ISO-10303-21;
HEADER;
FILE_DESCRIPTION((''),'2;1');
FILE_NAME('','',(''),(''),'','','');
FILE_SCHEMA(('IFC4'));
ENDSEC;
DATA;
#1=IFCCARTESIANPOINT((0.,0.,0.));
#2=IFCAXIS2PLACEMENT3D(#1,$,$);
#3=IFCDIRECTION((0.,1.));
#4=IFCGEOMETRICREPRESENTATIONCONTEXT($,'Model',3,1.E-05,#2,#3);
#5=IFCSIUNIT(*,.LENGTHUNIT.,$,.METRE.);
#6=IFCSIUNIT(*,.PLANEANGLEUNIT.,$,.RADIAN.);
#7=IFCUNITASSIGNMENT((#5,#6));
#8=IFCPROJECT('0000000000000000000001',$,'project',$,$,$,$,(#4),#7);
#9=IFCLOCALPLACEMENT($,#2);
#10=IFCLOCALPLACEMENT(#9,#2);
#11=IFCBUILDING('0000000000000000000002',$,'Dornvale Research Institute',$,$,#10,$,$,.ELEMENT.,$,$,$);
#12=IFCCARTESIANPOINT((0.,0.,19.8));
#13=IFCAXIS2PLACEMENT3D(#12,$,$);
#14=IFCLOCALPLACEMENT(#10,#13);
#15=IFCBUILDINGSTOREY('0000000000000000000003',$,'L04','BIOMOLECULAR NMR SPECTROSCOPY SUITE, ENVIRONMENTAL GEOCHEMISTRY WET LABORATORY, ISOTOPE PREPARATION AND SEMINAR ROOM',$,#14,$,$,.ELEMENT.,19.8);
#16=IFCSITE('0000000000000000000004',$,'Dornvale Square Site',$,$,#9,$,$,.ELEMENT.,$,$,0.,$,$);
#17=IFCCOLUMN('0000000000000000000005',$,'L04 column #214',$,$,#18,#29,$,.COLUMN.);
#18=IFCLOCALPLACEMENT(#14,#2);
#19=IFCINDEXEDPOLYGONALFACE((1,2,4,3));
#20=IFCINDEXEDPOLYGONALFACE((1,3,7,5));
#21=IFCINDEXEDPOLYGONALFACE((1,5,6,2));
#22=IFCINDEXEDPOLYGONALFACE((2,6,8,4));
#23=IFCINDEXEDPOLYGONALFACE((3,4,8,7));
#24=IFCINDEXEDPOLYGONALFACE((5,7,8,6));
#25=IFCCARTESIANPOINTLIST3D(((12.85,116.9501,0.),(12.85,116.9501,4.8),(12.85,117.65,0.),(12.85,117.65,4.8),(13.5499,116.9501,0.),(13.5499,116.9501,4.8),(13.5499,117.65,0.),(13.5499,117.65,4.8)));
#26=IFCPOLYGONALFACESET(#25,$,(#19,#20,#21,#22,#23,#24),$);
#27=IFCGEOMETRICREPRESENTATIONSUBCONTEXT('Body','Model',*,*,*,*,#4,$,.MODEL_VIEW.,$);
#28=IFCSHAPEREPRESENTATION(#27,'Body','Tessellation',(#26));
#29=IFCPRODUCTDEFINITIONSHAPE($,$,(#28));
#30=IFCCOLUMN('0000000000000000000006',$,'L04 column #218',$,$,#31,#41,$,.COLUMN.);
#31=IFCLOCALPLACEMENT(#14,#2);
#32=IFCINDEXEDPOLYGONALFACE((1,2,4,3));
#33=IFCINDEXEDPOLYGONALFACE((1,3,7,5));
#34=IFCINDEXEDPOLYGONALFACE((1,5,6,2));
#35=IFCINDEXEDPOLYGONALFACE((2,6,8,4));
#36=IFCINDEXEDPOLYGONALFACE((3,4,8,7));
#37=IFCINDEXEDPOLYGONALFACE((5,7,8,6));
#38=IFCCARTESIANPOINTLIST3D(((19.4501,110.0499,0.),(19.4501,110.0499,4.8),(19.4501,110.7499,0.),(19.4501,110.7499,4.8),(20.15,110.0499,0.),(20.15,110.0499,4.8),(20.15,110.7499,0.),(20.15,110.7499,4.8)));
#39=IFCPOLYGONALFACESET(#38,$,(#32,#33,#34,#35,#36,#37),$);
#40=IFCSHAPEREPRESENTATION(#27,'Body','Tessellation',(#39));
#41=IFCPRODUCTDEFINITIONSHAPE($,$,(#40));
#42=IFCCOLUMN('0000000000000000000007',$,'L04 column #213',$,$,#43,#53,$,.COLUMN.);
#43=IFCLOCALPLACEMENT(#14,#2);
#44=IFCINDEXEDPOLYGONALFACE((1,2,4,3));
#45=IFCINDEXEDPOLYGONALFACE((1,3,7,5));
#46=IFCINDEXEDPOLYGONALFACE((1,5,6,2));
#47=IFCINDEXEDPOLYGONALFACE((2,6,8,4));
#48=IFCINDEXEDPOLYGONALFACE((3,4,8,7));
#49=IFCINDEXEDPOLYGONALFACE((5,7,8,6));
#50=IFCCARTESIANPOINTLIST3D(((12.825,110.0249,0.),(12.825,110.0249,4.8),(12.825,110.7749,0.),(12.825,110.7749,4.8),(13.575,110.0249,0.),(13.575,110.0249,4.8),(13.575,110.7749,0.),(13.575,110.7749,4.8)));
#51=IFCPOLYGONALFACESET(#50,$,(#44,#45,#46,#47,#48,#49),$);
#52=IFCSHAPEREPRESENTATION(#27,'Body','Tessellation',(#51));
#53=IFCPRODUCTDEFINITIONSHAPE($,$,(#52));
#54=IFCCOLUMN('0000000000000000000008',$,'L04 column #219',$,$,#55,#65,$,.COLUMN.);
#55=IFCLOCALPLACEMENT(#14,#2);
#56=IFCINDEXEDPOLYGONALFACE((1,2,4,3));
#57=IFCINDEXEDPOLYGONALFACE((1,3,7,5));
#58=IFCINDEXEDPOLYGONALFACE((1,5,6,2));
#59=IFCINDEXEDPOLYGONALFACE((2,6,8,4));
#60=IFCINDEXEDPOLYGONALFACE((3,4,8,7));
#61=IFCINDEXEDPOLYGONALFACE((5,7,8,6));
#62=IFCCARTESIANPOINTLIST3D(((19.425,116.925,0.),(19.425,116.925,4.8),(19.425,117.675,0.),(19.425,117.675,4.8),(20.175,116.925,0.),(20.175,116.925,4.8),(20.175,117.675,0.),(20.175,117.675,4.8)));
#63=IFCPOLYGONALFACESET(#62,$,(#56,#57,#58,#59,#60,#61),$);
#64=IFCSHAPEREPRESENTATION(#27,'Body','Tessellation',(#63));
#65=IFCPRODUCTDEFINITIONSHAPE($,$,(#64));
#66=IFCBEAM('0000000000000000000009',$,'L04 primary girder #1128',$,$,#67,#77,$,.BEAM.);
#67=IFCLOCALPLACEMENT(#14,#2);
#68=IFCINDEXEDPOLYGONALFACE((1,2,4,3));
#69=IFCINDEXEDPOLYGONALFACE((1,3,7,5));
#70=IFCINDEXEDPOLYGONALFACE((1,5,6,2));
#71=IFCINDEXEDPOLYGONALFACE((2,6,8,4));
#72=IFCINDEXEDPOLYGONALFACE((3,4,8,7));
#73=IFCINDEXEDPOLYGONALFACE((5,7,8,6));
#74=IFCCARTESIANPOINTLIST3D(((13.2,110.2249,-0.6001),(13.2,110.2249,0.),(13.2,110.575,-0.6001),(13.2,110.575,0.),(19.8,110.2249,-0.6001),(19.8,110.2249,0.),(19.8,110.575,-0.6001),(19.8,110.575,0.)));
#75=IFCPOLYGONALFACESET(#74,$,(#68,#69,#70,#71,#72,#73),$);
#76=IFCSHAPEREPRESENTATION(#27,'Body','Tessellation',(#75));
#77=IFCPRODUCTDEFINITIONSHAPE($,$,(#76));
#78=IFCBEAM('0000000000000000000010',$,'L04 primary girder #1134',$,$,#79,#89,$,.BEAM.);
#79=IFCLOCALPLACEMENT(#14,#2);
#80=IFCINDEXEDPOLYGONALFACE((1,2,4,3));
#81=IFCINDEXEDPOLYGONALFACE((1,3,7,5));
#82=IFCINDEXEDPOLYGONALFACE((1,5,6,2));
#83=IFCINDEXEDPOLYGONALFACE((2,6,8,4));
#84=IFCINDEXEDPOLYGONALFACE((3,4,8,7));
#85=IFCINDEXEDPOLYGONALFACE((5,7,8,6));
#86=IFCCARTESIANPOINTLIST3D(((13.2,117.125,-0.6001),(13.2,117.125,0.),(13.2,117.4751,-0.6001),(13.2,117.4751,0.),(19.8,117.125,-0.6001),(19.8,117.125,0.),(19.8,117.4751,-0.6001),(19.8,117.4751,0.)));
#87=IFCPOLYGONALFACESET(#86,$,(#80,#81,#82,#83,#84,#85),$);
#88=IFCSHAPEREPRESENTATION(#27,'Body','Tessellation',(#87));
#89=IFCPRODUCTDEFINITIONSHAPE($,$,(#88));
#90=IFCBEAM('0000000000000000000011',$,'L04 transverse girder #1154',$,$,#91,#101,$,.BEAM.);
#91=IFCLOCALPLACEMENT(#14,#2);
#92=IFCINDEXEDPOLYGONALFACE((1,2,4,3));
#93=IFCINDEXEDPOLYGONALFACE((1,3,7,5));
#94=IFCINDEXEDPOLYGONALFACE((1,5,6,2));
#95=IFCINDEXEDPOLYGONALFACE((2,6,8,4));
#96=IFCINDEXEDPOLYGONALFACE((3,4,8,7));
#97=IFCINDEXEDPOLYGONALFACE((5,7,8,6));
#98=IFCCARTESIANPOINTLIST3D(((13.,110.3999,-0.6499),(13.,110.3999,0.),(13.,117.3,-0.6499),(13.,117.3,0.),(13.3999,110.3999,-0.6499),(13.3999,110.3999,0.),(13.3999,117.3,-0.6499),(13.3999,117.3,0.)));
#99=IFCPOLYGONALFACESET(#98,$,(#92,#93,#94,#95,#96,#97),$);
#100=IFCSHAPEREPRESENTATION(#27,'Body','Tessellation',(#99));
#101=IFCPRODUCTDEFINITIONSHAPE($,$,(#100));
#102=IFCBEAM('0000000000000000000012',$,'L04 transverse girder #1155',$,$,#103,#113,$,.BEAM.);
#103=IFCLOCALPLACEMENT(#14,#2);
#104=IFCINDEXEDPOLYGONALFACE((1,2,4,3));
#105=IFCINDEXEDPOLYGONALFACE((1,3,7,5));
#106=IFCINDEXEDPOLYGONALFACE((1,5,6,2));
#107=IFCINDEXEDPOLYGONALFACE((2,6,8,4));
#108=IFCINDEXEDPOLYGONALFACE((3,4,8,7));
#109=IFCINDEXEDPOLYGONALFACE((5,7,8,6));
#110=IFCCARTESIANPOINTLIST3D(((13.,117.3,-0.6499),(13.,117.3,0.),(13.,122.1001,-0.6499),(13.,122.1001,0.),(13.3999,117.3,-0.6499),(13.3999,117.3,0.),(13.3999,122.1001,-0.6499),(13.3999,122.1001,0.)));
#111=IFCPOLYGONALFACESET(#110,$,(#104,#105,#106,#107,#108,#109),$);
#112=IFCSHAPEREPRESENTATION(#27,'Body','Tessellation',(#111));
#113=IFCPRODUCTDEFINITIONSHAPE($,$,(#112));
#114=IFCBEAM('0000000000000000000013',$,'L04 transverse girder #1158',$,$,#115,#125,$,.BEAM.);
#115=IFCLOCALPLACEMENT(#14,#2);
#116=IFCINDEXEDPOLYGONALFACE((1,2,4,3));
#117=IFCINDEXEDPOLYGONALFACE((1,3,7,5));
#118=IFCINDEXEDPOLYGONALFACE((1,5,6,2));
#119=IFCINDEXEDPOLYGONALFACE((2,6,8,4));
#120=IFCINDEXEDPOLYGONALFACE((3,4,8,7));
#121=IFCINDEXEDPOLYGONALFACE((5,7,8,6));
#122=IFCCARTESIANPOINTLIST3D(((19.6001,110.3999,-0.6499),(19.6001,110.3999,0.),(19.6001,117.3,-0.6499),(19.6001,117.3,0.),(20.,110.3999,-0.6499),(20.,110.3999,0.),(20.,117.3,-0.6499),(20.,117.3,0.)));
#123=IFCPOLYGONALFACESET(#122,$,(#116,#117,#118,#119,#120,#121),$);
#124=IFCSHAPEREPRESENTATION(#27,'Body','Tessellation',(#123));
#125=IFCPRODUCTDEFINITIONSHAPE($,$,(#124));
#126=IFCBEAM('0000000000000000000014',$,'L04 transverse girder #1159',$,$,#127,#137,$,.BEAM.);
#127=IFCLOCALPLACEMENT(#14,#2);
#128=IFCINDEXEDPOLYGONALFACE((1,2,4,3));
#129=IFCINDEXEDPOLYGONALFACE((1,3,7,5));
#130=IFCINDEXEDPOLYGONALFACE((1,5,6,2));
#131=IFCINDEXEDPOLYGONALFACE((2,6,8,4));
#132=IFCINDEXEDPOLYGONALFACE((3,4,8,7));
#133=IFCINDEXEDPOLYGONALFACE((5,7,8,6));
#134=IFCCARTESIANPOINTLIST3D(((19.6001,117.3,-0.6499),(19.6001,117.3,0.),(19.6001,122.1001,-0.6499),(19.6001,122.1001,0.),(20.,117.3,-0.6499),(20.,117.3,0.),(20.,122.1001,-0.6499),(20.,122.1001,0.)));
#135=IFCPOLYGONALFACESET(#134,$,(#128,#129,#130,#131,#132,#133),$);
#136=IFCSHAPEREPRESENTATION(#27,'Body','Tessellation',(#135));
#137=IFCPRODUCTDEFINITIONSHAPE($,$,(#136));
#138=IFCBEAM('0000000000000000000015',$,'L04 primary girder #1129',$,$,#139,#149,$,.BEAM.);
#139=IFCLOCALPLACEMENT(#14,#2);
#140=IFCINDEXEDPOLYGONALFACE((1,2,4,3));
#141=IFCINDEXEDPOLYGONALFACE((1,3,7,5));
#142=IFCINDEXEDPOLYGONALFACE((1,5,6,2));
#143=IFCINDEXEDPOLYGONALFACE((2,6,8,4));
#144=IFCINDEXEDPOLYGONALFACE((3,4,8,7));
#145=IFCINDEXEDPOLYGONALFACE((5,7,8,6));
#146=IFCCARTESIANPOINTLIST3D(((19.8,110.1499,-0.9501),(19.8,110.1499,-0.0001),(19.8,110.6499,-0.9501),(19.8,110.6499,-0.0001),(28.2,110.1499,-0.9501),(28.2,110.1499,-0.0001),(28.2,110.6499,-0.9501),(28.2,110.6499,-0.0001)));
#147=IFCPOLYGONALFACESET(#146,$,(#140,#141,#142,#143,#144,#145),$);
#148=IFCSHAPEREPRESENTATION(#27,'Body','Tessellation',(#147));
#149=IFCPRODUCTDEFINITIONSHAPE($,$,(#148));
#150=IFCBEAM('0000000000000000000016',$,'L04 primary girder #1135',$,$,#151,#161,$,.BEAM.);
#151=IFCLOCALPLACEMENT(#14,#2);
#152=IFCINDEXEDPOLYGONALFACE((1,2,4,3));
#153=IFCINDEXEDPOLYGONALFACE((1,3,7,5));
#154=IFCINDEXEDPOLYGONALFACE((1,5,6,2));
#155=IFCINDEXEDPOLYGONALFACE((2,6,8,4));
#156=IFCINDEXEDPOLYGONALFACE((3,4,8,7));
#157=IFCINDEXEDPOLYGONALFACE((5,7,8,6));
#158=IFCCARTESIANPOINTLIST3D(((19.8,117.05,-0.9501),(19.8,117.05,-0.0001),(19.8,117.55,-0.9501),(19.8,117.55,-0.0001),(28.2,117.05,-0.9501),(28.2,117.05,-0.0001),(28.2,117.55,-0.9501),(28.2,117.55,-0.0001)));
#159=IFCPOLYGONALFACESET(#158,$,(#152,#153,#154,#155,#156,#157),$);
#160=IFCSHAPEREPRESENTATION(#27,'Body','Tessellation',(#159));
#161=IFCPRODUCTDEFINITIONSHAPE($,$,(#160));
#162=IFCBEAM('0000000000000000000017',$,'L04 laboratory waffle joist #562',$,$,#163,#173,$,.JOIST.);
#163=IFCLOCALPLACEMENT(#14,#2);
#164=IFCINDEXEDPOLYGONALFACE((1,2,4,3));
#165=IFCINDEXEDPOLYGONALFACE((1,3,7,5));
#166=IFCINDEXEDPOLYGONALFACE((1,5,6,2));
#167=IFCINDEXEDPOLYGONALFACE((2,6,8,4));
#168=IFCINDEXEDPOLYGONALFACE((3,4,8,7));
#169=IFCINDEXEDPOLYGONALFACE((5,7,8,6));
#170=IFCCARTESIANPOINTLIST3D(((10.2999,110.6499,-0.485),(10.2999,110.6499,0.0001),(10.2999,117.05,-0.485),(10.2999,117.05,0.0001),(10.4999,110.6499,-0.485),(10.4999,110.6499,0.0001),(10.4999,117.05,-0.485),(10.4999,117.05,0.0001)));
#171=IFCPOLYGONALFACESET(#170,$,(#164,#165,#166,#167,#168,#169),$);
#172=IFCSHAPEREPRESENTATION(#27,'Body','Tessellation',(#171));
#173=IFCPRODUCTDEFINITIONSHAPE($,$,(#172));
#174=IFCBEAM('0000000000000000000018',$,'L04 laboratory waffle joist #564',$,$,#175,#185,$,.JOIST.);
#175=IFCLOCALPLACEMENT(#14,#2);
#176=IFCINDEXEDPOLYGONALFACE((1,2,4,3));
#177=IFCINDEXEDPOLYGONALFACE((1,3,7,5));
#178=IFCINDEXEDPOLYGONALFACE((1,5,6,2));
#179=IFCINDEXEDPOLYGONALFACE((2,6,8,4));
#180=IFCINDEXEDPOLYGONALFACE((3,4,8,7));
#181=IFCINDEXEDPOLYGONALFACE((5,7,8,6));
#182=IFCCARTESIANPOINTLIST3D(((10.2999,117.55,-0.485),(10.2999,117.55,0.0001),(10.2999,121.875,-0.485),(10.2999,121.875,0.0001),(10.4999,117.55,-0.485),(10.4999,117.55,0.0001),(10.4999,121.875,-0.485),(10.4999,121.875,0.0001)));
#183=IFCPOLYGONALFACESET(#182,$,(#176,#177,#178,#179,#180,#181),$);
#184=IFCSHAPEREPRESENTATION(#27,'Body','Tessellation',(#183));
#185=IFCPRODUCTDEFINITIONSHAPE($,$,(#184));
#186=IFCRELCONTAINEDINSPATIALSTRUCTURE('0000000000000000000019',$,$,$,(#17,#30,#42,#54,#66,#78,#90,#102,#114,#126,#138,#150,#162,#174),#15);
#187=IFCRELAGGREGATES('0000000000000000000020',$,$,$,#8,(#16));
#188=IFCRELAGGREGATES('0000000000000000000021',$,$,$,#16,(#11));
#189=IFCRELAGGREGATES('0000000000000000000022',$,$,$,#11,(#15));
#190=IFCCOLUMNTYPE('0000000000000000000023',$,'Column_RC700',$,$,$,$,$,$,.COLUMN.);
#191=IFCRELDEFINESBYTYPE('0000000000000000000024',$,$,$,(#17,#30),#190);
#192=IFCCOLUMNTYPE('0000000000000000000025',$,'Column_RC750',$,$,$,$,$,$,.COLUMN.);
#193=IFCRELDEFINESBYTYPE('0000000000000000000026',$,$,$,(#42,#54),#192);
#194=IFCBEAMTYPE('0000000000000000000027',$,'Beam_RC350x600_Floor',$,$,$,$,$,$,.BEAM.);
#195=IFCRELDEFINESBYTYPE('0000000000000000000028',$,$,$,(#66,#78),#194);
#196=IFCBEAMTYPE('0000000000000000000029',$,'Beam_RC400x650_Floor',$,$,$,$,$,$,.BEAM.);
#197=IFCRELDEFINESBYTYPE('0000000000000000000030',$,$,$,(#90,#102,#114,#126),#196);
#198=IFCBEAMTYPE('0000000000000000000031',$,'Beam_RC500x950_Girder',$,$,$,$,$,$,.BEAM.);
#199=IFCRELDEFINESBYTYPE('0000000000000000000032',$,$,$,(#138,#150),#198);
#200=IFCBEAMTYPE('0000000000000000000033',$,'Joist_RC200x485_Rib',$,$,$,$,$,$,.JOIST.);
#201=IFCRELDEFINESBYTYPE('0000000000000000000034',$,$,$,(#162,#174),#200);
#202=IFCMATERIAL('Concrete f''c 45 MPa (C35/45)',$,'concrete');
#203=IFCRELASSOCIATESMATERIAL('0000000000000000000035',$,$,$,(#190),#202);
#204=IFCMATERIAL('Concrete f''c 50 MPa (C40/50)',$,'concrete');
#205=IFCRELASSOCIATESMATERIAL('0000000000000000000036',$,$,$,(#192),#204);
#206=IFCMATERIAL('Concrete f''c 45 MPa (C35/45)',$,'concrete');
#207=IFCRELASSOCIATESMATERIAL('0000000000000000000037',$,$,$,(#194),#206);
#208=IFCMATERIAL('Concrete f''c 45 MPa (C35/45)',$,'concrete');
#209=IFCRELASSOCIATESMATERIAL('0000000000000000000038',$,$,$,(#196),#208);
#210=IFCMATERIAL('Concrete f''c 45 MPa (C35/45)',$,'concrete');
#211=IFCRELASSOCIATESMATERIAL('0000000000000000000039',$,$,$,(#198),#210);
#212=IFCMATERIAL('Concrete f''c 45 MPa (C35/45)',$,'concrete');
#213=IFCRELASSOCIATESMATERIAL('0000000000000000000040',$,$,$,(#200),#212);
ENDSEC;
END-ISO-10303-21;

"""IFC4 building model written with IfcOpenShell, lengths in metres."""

from ifc_helpers import new_model, si_unit, direction, frame, origin, origin_2d, place, context, subcontext, project, spatial, rectangle, extrude, material, material_profile, profile_set, type_object, element, save


model = new_model("IFC4")

# Units and contexts
model_context = context("Model", 3, precision=1e-05, world=origin(), true_north=direction((0.0, 1.0)))
body_context = subcontext(model_context, "Body", "Model", "MODEL_VIEW")
ifc_project = project(units=[si_unit("LENGTHUNIT", "METRE"), si_unit("PLANEANGLEUNIT", "RADIAN")], contexts=[model_context])

# Site, building, storey
site_placement = place(None, origin())
site = spatial("IfcSite", under=ifc_project, at=site_placement, Name="Dornvale Square Site", CompositionType="ELEMENT", RefElevation=0.0)
building_placement = place(site_placement, origin())
building = spatial("IfcBuilding", under=site, at=building_placement, Name="Dornvale Research Institute", CompositionType="ELEMENT")
storey_placement = place(building_placement, frame((0.0, 0.0, 19.8)))
storey = spatial("IfcBuildingStorey", under=building, at=storey_placement, Name="L04", Description="BIOMOLECULAR NMR SPECTROSCOPY SUITE, ENVIRONMENTAL GEOCHEMISTRY WET LABORATORY, ISOTOPE PREPARATION AND SEMINAR ROOM", CompositionType="ELEMENT", Elevation=19.8)

# Columns
ifc_material_1 = material(Name="Concrete f'c 45 MPa (C35/45)", Category="concrete")
ifc_material_profile_1 = material_profile(ifc_material_1, rectangle(XDim=0.7, YDim=0.7, at=origin_2d()), Name="RC 700x700")
ifc_profile_set_1 = profile_set([ifc_material_profile_1], Name="Concrete f'c 45 MPa (C35/45)")
column_type_1 = type_object("IfcColumnType", Name="Column_RC700", PredefinedType="COLUMN", material=ifc_profile_set_1)
for number, where, z_axis, x_axis, name in (
    (1, (13.2, 117.3, 0.0), (0.0, 0.0, 1.0), (1.0, 0.0, 0.0), "L04 column #214"),
    (2, (19.8, 110.3999, 0.0), (0.0, 0.0, 1.0), (1.0, 0.0, 0.0), "L04 column #218"),
):
    element("IfcColumn", number, at=place(storey_placement, frame(where, z_axis=z_axis, x_axis=x_axis)), inside=storey, type_object=column_type_1, Name=name, PredefinedType="COLUMN", context=body_context, shape_type="SweptSolid", body=[
        extrude(rectangle(XDim=0.7, YDim=0.7, at=origin_2d()), origin(), (0.0, 0.0, 1.0), 4.8),
    ])
ifc_material_2 = material(Name="Concrete f'c 50 MPa (C40/50)", Category="concrete")
ifc_material_profile_2 = material_profile(ifc_material_2, rectangle(XDim=0.75, YDim=0.75, at=origin_2d()), Name="RC 750x750")
ifc_profile_set_2 = profile_set([ifc_material_profile_2], Name="Concrete f'c 50 MPa (C40/50)")
column_type_2 = type_object("IfcColumnType", Name="Column_RC750", PredefinedType="COLUMN", material=ifc_profile_set_2)
for number, where, z_axis, x_axis, name in (
    (3, (13.2, 110.3999, 0.0), (0.0, 0.0, 1.0), (1.0, 0.0, 0.0), "L04 column #213"),
    (4, (19.8, 117.3, 0.0), (0.0, 0.0, 1.0), (1.0, 0.0, 0.0), "L04 column #219"),
):
    element("IfcColumn", number, at=place(storey_placement, frame(where, z_axis=z_axis, x_axis=x_axis)), inside=storey, type_object=column_type_2, Name=name, PredefinedType="COLUMN", context=body_context, shape_type="SweptSolid", body=[
        extrude(rectangle(XDim=0.75, YDim=0.75, at=origin_2d()), origin(), (0.0, 0.0, 1.0), 4.8),
    ])

# Beams
ifc_material_3 = material(Name="Concrete f'c 45 MPa (C35/45)", Category="concrete")
ifc_material_profile_3 = material_profile(ifc_material_3, rectangle(XDim=0.3501, YDim=0.6001, at=origin_2d()), Name="RC 350x600")
ifc_profile_set_3 = profile_set([ifc_material_profile_3], Name="Concrete f'c 45 MPa (C35/45)")
beam_type_1 = type_object("IfcBeamType", Name="Beam_RC350x600_Floor", PredefinedType="BEAM", material=ifc_profile_set_3)
for number, where, z_axis, x_axis, name in (
    (5, (13.2, 110.3999, -0.3), (1.0, 0.0, 0.0), (0.0, 1.0, 0.0), "L04 primary girder #1128"),
    (6, (13.2, 117.3, -0.3), (1.0, 0.0, 0.0), (0.0, 1.0, 0.0), "L04 primary girder #1134"),
):
    element("IfcBeam", number, at=place(storey_placement, frame(where, z_axis=z_axis, x_axis=x_axis)), inside=storey, type_object=beam_type_1, Name=name, PredefinedType="BEAM", context=body_context, shape_type="SweptSolid", body=[
        extrude(rectangle(XDim=0.3501, YDim=0.6001, at=origin_2d()), origin(), (0.0, 0.0, 1.0), 6.6001),
    ])
ifc_material_4 = material(Name="Concrete f'c 45 MPa (C35/45)", Category="concrete")
ifc_material_profile_4 = material_profile(ifc_material_4, rectangle(XDim=0.3999, YDim=0.6499, at=origin_2d()), Name="RC 400x650")
ifc_profile_set_4 = profile_set([ifc_material_profile_4], Name="Concrete f'c 45 MPa (C35/45)")
beam_type_2 = type_object("IfcBeamType", Name="Beam_RC400x650_Floor", PredefinedType="BEAM", material=ifc_profile_set_4)
beam_1_placement = place(storey_placement, frame((13.2, 110.3999, -0.325), z_axis=(0.0, 1.0, 0.0), x_axis=(-1.0, 0.0, 0.0)))
element("IfcBeam", 7, at=beam_1_placement, inside=storey, type_object=beam_type_2, Name="L04 transverse girder #1154", PredefinedType="BEAM", context=body_context, shape_type="SweptSolid", body=[
    extrude(rectangle(XDim=0.3999, YDim=0.6499, at=origin_2d()), origin(), (0.0, 0.0, 1.0), 6.9001),
])
beam_2_placement = place(storey_placement, frame((13.2, 117.3, -0.325), z_axis=(0.0, 1.0, 0.0), x_axis=(-1.0, 0.0, 0.0)))
element("IfcBeam", 8, at=beam_2_placement, inside=storey, type_object=beam_type_2, Name="L04 transverse girder #1155", PredefinedType="BEAM", context=body_context, shape_type="SweptSolid", body=[
    extrude(rectangle(XDim=0.3999, YDim=0.6499, at=origin_2d()), origin(), (0.0, 0.0, 1.0), 4.8),
])
beam_3_placement = place(storey_placement, frame((19.8, 110.3999, -0.325), z_axis=(0.0, 1.0, 0.0), x_axis=(-1.0, 0.0, 0.0)))
element("IfcBeam", 9, at=beam_3_placement, inside=storey, type_object=beam_type_2, Name="L04 transverse girder #1158", PredefinedType="BEAM", context=body_context, shape_type="SweptSolid", body=[
    extrude(rectangle(XDim=0.3999, YDim=0.6499, at=origin_2d()), origin(), (0.0, 0.0, 1.0), 6.9001),
])
beam_4_placement = place(storey_placement, frame((19.8, 117.3, -0.325), z_axis=(0.0, 1.0, 0.0), x_axis=(-1.0, 0.0, 0.0)))
element("IfcBeam", 10, at=beam_4_placement, inside=storey, type_object=beam_type_2, Name="L04 transverse girder #1159", PredefinedType="BEAM", context=body_context, shape_type="SweptSolid", body=[
    extrude(rectangle(XDim=0.3999, YDim=0.6499, at=origin_2d()), origin(), (0.0, 0.0, 1.0), 4.8),
])
ifc_material_5 = material(Name="Concrete f'c 45 MPa (C35/45)", Category="concrete")
ifc_material_profile_5 = material_profile(ifc_material_5, rectangle(XDim=0.5, YDim=0.95, at=origin_2d()), Name="RC 500x950")
ifc_profile_set_5 = profile_set([ifc_material_profile_5], Name="Concrete f'c 45 MPa (C35/45)")
beam_type_3 = type_object("IfcBeamType", Name="Beam_RC500x950_Girder", PredefinedType="BEAM", material=ifc_profile_set_5)
for number, where, z_axis, x_axis, name in (
    (11, (19.8, 110.3999, -0.4751), (1.0, 0.0, 0.0), (0.0, 1.0, 0.0), "L04 primary girder #1129"),
    (12, (19.8, 117.3, -0.4751), (1.0, 0.0, 0.0), (0.0, 1.0, 0.0), "L04 primary girder #1135"),
):
    element("IfcBeam", number, at=place(storey_placement, frame(where, z_axis=z_axis, x_axis=x_axis)), inside=storey, type_object=beam_type_3, Name=name, PredefinedType="BEAM", context=body_context, shape_type="SweptSolid", body=[
        extrude(rectangle(XDim=0.5, YDim=0.95, at=origin_2d()), origin(), (0.0, 0.0, 1.0), 8.3999),
    ])
ifc_material_6 = material(Name="Concrete f'c 45 MPa (C35/45)", Category="concrete")
ifc_material_profile_6 = material_profile(ifc_material_6, rectangle(XDim=0.2, YDim=0.4851, at=origin_2d()), Name="RC 200x485")
ifc_profile_set_6 = profile_set([ifc_material_profile_6], Name="Concrete f'c 45 MPa (C35/45)")
beam_type_4 = type_object("IfcBeamType", Name="Joist_RC200x485_Rib", PredefinedType="JOIST", material=ifc_profile_set_6)
beam_5_placement = place(storey_placement, frame((10.3999, 110.6499, -0.2424), z_axis=(0.0, 1.0, 0.0), x_axis=(-1.0, 0.0, 0.0)))
element("IfcBeam", 13, at=beam_5_placement, inside=storey, type_object=beam_type_4, Name="L04 laboratory waffle joist #562", PredefinedType="JOIST", context=body_context, shape_type="SweptSolid", body=[
    extrude(rectangle(XDim=0.2, YDim=0.4851, at=origin_2d()), origin(), (0.0, 0.0, 1.0), 6.4001),
])
beam_6_placement = place(storey_placement, frame((10.3999, 117.55, -0.2424), z_axis=(0.0, 1.0, 0.0), x_axis=(-1.0, 0.0, 0.0)))
element("IfcBeam", 14, at=beam_6_placement, inside=storey, type_object=beam_type_4, Name="L04 laboratory waffle joist #564", PredefinedType="JOIST", context=body_context, shape_type="SweptSolid", body=[
    extrude(rectangle(XDim=0.2, YDim=0.4851, at=origin_2d()), origin(), (0.0, 0.0, 1.0), 4.325),
])

save(model, "model.ifc")
